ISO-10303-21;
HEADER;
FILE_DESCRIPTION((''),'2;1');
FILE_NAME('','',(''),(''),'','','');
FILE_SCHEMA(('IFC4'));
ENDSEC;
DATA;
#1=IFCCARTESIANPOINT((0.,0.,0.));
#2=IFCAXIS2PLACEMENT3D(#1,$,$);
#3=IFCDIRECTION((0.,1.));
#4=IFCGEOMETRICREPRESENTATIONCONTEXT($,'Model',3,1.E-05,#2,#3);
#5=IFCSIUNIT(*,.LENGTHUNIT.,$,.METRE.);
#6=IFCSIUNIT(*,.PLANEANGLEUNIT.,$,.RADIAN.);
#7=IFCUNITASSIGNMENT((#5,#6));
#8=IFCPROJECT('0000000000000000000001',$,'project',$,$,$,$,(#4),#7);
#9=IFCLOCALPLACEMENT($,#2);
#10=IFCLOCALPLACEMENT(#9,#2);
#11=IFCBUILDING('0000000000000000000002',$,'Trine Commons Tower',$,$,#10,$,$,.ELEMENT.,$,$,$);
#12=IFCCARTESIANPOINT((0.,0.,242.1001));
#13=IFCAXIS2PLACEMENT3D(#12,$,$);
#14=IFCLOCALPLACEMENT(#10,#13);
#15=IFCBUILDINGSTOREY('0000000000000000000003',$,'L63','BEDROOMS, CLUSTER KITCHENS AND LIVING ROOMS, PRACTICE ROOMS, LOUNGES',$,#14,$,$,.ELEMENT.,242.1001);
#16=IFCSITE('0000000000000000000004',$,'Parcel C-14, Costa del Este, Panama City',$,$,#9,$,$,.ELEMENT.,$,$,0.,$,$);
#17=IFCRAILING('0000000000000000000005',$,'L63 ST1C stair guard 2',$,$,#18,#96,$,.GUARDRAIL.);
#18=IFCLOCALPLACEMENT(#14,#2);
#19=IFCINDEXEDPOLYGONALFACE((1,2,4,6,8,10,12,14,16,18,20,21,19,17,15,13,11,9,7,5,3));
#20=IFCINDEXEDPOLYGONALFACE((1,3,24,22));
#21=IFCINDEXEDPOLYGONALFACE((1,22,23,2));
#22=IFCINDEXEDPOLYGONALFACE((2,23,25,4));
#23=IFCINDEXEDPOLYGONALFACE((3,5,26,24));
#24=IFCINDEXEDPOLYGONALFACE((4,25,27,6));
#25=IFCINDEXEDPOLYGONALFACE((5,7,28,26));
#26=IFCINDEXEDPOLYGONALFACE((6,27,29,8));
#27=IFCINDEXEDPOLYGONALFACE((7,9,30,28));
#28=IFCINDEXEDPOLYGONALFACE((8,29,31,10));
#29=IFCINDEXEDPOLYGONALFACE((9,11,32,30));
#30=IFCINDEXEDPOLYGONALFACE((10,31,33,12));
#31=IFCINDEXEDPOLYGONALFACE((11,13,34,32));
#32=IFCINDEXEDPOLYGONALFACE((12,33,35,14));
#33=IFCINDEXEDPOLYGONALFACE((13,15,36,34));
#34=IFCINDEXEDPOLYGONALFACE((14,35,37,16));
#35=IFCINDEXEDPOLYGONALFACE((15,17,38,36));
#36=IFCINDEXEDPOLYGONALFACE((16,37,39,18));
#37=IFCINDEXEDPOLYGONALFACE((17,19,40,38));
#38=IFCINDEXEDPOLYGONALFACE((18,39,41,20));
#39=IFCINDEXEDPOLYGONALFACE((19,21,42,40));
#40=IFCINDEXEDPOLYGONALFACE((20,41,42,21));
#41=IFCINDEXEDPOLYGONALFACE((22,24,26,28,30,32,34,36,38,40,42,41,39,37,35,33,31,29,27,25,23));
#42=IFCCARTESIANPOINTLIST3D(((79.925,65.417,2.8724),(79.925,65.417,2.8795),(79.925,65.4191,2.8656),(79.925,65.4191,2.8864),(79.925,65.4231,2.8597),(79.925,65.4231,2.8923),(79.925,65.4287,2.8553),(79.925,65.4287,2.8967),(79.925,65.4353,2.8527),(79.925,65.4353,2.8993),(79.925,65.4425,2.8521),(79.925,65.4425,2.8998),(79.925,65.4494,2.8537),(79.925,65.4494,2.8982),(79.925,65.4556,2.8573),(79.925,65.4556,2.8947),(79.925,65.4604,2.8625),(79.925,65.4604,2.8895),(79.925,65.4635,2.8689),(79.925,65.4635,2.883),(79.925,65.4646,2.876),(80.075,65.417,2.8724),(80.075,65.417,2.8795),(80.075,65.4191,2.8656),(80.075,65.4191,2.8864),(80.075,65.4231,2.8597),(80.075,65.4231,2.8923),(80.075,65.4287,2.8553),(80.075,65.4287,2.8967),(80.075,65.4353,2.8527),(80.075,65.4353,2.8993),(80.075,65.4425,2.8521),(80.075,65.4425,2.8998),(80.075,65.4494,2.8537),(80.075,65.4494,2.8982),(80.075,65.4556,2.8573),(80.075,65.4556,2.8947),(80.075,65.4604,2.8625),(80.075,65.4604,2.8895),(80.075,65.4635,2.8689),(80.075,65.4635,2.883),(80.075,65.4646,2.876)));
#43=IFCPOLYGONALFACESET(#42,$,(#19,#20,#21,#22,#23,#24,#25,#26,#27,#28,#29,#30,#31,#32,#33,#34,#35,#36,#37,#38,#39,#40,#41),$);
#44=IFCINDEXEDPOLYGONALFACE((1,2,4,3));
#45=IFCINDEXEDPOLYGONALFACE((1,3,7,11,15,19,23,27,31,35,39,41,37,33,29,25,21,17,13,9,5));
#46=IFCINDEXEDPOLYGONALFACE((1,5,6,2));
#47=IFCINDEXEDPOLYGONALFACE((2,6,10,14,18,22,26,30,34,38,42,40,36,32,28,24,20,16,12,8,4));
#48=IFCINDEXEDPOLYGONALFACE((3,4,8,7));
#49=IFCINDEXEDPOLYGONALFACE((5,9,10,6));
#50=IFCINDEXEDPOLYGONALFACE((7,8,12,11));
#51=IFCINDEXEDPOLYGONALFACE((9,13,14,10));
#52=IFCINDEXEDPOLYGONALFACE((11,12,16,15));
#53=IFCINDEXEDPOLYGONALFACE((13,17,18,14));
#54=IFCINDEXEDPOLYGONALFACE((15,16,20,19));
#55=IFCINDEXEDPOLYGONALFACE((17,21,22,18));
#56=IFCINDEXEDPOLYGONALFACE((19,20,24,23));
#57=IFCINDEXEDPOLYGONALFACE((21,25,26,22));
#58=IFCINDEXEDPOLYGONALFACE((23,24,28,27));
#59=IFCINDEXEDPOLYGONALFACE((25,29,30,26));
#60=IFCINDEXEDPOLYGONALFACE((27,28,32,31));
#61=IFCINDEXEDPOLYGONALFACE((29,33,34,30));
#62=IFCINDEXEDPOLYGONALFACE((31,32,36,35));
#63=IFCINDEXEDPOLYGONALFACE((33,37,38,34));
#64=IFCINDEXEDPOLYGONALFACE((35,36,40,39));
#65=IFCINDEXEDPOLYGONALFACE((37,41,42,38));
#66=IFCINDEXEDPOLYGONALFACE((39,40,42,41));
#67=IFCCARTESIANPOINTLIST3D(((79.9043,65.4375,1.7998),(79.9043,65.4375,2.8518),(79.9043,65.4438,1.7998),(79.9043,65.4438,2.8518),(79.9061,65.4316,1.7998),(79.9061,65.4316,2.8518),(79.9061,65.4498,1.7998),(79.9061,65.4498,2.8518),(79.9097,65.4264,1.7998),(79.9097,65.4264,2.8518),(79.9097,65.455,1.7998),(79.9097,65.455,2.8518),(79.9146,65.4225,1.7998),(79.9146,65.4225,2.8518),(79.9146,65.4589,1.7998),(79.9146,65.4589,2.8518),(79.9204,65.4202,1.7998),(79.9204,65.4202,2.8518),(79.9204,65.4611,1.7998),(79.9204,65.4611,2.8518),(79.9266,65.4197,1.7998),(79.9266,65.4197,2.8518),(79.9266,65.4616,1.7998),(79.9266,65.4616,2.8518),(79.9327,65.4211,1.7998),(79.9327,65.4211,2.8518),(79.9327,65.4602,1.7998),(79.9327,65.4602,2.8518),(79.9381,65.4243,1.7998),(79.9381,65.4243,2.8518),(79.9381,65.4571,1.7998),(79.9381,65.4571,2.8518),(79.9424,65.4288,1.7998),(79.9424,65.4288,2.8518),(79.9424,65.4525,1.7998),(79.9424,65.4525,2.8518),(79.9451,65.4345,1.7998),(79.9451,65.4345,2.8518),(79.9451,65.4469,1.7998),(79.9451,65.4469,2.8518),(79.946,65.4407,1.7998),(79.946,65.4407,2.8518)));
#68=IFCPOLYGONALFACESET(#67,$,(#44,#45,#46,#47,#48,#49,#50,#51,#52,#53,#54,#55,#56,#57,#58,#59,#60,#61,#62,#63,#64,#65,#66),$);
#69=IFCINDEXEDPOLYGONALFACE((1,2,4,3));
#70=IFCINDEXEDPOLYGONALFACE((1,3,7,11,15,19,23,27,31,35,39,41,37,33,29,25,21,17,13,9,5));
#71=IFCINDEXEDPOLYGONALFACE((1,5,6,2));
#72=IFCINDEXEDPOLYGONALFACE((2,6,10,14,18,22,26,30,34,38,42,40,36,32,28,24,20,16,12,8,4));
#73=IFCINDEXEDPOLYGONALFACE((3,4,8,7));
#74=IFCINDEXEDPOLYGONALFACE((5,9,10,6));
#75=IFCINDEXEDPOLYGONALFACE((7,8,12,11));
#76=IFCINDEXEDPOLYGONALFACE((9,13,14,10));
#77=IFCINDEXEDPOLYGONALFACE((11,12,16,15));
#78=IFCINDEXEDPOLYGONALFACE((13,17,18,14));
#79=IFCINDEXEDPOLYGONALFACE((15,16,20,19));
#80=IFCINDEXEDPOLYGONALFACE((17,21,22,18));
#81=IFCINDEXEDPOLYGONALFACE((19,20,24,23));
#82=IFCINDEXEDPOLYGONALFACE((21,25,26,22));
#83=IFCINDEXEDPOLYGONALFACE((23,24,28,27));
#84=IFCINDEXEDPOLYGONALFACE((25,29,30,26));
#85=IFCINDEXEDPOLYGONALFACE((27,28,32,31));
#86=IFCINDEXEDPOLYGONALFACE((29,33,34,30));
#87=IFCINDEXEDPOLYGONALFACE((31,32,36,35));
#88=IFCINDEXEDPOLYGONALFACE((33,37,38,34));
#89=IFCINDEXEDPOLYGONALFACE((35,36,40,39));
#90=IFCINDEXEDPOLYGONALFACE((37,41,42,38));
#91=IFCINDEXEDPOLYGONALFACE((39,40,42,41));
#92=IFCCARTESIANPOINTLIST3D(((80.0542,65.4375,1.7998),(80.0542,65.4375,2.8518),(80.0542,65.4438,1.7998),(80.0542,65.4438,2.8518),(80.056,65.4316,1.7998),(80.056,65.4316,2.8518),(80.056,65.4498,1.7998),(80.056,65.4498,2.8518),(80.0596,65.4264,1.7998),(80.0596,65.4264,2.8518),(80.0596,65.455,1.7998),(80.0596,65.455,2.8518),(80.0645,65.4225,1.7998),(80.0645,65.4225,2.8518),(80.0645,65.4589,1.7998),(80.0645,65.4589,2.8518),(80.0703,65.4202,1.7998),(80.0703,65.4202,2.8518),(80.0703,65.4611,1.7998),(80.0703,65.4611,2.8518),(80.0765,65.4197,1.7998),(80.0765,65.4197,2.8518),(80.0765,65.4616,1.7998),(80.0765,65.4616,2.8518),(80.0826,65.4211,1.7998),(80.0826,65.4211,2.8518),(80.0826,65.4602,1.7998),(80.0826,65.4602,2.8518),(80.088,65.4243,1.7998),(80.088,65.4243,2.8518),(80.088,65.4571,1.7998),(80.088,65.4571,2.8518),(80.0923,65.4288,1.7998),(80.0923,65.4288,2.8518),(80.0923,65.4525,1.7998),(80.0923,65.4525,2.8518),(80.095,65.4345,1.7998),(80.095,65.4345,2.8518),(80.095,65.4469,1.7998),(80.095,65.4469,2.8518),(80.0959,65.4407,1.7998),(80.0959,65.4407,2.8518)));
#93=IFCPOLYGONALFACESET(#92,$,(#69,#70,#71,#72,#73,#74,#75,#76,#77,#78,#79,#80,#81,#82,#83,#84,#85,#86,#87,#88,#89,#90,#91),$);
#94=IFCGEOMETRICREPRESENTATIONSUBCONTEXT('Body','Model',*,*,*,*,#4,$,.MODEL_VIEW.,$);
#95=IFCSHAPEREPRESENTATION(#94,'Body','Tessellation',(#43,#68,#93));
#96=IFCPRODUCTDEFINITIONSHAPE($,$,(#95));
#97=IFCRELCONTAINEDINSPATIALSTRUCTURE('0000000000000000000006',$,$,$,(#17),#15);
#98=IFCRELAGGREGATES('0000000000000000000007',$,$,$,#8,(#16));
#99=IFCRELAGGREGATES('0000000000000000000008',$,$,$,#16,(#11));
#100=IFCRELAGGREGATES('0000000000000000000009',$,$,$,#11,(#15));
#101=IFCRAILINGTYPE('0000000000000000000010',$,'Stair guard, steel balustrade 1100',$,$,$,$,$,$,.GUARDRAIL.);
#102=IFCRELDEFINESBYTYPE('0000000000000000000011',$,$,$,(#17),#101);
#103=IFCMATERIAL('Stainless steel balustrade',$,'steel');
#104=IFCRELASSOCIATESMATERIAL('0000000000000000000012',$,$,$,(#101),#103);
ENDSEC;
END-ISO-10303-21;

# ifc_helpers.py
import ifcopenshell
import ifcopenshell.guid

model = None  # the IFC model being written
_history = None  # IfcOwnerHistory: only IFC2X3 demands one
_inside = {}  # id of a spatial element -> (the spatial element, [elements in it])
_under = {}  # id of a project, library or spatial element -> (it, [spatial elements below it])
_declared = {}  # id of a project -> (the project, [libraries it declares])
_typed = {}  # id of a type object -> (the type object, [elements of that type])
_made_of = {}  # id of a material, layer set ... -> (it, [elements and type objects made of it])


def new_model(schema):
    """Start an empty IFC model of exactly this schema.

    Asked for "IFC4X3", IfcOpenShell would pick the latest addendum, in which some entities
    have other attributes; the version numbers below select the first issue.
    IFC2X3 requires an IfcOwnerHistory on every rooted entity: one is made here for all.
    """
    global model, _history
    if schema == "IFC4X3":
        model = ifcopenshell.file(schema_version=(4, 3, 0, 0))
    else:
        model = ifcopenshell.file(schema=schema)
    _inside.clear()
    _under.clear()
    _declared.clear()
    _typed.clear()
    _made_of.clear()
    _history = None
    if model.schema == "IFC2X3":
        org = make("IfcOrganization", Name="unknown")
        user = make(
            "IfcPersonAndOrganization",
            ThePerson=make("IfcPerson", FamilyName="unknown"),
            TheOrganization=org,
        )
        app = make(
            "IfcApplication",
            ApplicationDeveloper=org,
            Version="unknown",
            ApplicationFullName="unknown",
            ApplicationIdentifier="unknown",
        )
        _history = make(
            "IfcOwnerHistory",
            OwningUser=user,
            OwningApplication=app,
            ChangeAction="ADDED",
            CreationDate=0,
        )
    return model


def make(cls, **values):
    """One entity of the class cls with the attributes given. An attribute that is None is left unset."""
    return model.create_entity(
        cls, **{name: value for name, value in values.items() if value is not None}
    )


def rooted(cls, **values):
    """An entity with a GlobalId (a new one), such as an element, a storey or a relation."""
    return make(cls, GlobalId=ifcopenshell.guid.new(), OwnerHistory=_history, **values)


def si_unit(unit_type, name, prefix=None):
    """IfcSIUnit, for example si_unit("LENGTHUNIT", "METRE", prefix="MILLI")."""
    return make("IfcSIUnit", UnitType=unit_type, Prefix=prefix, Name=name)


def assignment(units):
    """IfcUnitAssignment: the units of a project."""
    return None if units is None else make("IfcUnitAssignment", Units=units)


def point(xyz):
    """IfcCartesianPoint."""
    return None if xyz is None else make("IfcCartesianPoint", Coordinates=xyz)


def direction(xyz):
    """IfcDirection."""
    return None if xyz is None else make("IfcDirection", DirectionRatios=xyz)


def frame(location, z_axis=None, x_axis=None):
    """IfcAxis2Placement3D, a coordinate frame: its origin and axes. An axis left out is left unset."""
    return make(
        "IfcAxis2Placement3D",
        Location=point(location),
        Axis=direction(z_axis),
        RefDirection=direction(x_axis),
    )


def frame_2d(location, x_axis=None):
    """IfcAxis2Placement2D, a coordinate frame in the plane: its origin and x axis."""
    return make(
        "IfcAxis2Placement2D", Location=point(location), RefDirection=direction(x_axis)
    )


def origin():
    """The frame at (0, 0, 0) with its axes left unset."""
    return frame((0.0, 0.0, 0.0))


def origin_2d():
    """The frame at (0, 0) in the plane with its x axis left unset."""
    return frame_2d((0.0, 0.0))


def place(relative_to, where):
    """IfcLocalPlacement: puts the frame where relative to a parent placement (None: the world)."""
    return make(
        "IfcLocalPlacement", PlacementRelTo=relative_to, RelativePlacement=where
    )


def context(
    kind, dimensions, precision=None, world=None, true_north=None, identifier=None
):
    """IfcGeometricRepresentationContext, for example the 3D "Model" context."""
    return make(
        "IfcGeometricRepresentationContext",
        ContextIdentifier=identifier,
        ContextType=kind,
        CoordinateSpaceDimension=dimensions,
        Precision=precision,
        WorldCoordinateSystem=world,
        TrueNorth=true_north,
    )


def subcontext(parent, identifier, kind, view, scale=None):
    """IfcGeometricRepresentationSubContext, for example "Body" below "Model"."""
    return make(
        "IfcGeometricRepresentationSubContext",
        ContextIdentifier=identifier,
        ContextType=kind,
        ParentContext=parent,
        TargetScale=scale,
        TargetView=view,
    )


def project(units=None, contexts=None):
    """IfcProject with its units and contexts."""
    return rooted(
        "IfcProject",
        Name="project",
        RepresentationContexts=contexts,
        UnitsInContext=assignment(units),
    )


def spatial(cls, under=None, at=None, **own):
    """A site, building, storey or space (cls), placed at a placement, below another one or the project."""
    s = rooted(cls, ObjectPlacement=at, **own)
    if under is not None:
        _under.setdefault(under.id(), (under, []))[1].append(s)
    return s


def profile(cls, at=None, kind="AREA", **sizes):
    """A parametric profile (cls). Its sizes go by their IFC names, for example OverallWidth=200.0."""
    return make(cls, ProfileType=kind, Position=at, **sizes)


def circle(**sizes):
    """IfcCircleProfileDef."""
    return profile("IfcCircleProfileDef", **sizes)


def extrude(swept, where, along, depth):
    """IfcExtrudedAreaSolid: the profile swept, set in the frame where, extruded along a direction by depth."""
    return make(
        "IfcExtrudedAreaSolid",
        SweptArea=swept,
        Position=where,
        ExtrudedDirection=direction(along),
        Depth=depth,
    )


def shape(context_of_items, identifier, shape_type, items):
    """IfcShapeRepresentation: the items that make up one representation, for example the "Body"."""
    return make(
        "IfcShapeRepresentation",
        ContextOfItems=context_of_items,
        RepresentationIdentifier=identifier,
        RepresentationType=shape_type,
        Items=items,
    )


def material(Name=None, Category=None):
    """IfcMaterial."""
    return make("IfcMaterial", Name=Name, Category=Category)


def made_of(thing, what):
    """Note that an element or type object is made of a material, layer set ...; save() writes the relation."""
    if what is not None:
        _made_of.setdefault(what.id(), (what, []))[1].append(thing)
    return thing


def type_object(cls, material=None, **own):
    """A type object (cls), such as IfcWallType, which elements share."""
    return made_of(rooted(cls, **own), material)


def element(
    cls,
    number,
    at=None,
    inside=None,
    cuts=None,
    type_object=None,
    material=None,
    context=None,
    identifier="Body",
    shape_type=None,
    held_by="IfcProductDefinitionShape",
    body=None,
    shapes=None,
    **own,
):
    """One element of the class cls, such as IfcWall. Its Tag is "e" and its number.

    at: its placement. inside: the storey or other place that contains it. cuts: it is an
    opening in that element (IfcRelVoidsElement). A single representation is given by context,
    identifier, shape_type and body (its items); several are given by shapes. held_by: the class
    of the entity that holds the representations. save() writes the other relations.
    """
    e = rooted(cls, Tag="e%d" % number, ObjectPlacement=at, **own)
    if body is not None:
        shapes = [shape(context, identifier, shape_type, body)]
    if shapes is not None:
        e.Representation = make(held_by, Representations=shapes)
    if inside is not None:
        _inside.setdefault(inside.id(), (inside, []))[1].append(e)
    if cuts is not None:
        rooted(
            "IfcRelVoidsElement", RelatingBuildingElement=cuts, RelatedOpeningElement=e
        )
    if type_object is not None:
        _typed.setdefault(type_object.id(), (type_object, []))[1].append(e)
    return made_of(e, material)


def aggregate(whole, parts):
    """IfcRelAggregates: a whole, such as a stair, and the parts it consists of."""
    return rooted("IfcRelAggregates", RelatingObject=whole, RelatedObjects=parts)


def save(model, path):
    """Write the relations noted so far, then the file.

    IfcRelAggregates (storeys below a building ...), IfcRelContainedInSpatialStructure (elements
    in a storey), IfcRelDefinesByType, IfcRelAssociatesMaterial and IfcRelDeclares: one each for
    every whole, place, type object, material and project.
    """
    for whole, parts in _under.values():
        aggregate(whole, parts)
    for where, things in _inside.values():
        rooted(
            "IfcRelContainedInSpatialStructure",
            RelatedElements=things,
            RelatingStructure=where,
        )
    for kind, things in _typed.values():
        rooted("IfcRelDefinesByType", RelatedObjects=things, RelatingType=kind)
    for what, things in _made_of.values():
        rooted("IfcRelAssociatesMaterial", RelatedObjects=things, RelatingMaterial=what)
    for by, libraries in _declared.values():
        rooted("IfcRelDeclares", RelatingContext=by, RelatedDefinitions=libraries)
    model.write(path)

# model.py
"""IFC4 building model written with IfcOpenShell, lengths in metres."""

from ifc_helpers import new_model, si_unit, direction, frame, origin, origin_2d, place, context, subcontext, project, spatial, circle, extrude, material, type_object, element, save


model = new_model("IFC4")

# Units and contexts
model_context = context("Model", 3, precision=1e-05, world=origin(), true_north=direction((0.0, 1.0)))
body_context = subcontext(model_context, "Body", "Model", "MODEL_VIEW")
ifc_project = project(units=[si_unit("LENGTHUNIT", "METRE"), si_unit("PLANEANGLEUNIT", "RADIAN")], contexts=[model_context])

# Site, building, storey
site_placement = place(None, origin())
site = spatial("IfcSite", under=ifc_project, at=site_placement, Name="Parcel C-14, Costa del Este, Panama City", CompositionType="ELEMENT", RefElevation=0.0)
building_placement = place(site_placement, origin())
building = spatial("IfcBuilding", under=site, at=building_placement, Name="Trine Commons Tower", CompositionType="ELEMENT")
storey_placement = place(building_placement, frame((0.0, 0.0, 242.1001)))
storey = spatial("IfcBuildingStorey", under=building, at=storey_placement, Name="L63", Description="BEDROOMS, CLUSTER KITCHENS AND LIVING ROOMS, PRACTICE ROOMS, LOUNGES", CompositionType="ELEMENT", Elevation=242.1001)

# Railing
ifc_material_1 = material(Name="Stainless steel balustrade", Category="steel")
railing_type_1 = type_object("IfcRailingType", Name="Stair guard, steel balustrade 1100", PredefinedType="GUARDRAIL", material=ifc_material_1)
railing_1_placement = place(storey_placement, frame((79.925, 65.4407, 1.7998)))
element("IfcRailing", 1, at=railing_1_placement, inside=storey, type_object=railing_type_1, Name="L63 ST1C stair guard 2", PredefinedType="GUARDRAIL", context=body_context, shape_type="SweptSolid", body=[
    extrude(circle(Radius=0.0239, at=origin_2d()), frame((0.0, 0.0, 1.0762), z_axis=(1.0, 0.0, 0.0), x_axis=(0.0, 1.0, 0.0)), (0.0, 0.0, 1.0), 0.1499),
    extrude(circle(Radius=0.021, at=origin_2d()), origin(), (0.0, 0.0, 1.0), 1.052),
    extrude(circle(Radius=0.021, at=origin_2d()), frame((0.1499, 0.0, 0.0)), (0.0, 0.0, 1.0), 1.052),
])

save(model, "model.ifc")
